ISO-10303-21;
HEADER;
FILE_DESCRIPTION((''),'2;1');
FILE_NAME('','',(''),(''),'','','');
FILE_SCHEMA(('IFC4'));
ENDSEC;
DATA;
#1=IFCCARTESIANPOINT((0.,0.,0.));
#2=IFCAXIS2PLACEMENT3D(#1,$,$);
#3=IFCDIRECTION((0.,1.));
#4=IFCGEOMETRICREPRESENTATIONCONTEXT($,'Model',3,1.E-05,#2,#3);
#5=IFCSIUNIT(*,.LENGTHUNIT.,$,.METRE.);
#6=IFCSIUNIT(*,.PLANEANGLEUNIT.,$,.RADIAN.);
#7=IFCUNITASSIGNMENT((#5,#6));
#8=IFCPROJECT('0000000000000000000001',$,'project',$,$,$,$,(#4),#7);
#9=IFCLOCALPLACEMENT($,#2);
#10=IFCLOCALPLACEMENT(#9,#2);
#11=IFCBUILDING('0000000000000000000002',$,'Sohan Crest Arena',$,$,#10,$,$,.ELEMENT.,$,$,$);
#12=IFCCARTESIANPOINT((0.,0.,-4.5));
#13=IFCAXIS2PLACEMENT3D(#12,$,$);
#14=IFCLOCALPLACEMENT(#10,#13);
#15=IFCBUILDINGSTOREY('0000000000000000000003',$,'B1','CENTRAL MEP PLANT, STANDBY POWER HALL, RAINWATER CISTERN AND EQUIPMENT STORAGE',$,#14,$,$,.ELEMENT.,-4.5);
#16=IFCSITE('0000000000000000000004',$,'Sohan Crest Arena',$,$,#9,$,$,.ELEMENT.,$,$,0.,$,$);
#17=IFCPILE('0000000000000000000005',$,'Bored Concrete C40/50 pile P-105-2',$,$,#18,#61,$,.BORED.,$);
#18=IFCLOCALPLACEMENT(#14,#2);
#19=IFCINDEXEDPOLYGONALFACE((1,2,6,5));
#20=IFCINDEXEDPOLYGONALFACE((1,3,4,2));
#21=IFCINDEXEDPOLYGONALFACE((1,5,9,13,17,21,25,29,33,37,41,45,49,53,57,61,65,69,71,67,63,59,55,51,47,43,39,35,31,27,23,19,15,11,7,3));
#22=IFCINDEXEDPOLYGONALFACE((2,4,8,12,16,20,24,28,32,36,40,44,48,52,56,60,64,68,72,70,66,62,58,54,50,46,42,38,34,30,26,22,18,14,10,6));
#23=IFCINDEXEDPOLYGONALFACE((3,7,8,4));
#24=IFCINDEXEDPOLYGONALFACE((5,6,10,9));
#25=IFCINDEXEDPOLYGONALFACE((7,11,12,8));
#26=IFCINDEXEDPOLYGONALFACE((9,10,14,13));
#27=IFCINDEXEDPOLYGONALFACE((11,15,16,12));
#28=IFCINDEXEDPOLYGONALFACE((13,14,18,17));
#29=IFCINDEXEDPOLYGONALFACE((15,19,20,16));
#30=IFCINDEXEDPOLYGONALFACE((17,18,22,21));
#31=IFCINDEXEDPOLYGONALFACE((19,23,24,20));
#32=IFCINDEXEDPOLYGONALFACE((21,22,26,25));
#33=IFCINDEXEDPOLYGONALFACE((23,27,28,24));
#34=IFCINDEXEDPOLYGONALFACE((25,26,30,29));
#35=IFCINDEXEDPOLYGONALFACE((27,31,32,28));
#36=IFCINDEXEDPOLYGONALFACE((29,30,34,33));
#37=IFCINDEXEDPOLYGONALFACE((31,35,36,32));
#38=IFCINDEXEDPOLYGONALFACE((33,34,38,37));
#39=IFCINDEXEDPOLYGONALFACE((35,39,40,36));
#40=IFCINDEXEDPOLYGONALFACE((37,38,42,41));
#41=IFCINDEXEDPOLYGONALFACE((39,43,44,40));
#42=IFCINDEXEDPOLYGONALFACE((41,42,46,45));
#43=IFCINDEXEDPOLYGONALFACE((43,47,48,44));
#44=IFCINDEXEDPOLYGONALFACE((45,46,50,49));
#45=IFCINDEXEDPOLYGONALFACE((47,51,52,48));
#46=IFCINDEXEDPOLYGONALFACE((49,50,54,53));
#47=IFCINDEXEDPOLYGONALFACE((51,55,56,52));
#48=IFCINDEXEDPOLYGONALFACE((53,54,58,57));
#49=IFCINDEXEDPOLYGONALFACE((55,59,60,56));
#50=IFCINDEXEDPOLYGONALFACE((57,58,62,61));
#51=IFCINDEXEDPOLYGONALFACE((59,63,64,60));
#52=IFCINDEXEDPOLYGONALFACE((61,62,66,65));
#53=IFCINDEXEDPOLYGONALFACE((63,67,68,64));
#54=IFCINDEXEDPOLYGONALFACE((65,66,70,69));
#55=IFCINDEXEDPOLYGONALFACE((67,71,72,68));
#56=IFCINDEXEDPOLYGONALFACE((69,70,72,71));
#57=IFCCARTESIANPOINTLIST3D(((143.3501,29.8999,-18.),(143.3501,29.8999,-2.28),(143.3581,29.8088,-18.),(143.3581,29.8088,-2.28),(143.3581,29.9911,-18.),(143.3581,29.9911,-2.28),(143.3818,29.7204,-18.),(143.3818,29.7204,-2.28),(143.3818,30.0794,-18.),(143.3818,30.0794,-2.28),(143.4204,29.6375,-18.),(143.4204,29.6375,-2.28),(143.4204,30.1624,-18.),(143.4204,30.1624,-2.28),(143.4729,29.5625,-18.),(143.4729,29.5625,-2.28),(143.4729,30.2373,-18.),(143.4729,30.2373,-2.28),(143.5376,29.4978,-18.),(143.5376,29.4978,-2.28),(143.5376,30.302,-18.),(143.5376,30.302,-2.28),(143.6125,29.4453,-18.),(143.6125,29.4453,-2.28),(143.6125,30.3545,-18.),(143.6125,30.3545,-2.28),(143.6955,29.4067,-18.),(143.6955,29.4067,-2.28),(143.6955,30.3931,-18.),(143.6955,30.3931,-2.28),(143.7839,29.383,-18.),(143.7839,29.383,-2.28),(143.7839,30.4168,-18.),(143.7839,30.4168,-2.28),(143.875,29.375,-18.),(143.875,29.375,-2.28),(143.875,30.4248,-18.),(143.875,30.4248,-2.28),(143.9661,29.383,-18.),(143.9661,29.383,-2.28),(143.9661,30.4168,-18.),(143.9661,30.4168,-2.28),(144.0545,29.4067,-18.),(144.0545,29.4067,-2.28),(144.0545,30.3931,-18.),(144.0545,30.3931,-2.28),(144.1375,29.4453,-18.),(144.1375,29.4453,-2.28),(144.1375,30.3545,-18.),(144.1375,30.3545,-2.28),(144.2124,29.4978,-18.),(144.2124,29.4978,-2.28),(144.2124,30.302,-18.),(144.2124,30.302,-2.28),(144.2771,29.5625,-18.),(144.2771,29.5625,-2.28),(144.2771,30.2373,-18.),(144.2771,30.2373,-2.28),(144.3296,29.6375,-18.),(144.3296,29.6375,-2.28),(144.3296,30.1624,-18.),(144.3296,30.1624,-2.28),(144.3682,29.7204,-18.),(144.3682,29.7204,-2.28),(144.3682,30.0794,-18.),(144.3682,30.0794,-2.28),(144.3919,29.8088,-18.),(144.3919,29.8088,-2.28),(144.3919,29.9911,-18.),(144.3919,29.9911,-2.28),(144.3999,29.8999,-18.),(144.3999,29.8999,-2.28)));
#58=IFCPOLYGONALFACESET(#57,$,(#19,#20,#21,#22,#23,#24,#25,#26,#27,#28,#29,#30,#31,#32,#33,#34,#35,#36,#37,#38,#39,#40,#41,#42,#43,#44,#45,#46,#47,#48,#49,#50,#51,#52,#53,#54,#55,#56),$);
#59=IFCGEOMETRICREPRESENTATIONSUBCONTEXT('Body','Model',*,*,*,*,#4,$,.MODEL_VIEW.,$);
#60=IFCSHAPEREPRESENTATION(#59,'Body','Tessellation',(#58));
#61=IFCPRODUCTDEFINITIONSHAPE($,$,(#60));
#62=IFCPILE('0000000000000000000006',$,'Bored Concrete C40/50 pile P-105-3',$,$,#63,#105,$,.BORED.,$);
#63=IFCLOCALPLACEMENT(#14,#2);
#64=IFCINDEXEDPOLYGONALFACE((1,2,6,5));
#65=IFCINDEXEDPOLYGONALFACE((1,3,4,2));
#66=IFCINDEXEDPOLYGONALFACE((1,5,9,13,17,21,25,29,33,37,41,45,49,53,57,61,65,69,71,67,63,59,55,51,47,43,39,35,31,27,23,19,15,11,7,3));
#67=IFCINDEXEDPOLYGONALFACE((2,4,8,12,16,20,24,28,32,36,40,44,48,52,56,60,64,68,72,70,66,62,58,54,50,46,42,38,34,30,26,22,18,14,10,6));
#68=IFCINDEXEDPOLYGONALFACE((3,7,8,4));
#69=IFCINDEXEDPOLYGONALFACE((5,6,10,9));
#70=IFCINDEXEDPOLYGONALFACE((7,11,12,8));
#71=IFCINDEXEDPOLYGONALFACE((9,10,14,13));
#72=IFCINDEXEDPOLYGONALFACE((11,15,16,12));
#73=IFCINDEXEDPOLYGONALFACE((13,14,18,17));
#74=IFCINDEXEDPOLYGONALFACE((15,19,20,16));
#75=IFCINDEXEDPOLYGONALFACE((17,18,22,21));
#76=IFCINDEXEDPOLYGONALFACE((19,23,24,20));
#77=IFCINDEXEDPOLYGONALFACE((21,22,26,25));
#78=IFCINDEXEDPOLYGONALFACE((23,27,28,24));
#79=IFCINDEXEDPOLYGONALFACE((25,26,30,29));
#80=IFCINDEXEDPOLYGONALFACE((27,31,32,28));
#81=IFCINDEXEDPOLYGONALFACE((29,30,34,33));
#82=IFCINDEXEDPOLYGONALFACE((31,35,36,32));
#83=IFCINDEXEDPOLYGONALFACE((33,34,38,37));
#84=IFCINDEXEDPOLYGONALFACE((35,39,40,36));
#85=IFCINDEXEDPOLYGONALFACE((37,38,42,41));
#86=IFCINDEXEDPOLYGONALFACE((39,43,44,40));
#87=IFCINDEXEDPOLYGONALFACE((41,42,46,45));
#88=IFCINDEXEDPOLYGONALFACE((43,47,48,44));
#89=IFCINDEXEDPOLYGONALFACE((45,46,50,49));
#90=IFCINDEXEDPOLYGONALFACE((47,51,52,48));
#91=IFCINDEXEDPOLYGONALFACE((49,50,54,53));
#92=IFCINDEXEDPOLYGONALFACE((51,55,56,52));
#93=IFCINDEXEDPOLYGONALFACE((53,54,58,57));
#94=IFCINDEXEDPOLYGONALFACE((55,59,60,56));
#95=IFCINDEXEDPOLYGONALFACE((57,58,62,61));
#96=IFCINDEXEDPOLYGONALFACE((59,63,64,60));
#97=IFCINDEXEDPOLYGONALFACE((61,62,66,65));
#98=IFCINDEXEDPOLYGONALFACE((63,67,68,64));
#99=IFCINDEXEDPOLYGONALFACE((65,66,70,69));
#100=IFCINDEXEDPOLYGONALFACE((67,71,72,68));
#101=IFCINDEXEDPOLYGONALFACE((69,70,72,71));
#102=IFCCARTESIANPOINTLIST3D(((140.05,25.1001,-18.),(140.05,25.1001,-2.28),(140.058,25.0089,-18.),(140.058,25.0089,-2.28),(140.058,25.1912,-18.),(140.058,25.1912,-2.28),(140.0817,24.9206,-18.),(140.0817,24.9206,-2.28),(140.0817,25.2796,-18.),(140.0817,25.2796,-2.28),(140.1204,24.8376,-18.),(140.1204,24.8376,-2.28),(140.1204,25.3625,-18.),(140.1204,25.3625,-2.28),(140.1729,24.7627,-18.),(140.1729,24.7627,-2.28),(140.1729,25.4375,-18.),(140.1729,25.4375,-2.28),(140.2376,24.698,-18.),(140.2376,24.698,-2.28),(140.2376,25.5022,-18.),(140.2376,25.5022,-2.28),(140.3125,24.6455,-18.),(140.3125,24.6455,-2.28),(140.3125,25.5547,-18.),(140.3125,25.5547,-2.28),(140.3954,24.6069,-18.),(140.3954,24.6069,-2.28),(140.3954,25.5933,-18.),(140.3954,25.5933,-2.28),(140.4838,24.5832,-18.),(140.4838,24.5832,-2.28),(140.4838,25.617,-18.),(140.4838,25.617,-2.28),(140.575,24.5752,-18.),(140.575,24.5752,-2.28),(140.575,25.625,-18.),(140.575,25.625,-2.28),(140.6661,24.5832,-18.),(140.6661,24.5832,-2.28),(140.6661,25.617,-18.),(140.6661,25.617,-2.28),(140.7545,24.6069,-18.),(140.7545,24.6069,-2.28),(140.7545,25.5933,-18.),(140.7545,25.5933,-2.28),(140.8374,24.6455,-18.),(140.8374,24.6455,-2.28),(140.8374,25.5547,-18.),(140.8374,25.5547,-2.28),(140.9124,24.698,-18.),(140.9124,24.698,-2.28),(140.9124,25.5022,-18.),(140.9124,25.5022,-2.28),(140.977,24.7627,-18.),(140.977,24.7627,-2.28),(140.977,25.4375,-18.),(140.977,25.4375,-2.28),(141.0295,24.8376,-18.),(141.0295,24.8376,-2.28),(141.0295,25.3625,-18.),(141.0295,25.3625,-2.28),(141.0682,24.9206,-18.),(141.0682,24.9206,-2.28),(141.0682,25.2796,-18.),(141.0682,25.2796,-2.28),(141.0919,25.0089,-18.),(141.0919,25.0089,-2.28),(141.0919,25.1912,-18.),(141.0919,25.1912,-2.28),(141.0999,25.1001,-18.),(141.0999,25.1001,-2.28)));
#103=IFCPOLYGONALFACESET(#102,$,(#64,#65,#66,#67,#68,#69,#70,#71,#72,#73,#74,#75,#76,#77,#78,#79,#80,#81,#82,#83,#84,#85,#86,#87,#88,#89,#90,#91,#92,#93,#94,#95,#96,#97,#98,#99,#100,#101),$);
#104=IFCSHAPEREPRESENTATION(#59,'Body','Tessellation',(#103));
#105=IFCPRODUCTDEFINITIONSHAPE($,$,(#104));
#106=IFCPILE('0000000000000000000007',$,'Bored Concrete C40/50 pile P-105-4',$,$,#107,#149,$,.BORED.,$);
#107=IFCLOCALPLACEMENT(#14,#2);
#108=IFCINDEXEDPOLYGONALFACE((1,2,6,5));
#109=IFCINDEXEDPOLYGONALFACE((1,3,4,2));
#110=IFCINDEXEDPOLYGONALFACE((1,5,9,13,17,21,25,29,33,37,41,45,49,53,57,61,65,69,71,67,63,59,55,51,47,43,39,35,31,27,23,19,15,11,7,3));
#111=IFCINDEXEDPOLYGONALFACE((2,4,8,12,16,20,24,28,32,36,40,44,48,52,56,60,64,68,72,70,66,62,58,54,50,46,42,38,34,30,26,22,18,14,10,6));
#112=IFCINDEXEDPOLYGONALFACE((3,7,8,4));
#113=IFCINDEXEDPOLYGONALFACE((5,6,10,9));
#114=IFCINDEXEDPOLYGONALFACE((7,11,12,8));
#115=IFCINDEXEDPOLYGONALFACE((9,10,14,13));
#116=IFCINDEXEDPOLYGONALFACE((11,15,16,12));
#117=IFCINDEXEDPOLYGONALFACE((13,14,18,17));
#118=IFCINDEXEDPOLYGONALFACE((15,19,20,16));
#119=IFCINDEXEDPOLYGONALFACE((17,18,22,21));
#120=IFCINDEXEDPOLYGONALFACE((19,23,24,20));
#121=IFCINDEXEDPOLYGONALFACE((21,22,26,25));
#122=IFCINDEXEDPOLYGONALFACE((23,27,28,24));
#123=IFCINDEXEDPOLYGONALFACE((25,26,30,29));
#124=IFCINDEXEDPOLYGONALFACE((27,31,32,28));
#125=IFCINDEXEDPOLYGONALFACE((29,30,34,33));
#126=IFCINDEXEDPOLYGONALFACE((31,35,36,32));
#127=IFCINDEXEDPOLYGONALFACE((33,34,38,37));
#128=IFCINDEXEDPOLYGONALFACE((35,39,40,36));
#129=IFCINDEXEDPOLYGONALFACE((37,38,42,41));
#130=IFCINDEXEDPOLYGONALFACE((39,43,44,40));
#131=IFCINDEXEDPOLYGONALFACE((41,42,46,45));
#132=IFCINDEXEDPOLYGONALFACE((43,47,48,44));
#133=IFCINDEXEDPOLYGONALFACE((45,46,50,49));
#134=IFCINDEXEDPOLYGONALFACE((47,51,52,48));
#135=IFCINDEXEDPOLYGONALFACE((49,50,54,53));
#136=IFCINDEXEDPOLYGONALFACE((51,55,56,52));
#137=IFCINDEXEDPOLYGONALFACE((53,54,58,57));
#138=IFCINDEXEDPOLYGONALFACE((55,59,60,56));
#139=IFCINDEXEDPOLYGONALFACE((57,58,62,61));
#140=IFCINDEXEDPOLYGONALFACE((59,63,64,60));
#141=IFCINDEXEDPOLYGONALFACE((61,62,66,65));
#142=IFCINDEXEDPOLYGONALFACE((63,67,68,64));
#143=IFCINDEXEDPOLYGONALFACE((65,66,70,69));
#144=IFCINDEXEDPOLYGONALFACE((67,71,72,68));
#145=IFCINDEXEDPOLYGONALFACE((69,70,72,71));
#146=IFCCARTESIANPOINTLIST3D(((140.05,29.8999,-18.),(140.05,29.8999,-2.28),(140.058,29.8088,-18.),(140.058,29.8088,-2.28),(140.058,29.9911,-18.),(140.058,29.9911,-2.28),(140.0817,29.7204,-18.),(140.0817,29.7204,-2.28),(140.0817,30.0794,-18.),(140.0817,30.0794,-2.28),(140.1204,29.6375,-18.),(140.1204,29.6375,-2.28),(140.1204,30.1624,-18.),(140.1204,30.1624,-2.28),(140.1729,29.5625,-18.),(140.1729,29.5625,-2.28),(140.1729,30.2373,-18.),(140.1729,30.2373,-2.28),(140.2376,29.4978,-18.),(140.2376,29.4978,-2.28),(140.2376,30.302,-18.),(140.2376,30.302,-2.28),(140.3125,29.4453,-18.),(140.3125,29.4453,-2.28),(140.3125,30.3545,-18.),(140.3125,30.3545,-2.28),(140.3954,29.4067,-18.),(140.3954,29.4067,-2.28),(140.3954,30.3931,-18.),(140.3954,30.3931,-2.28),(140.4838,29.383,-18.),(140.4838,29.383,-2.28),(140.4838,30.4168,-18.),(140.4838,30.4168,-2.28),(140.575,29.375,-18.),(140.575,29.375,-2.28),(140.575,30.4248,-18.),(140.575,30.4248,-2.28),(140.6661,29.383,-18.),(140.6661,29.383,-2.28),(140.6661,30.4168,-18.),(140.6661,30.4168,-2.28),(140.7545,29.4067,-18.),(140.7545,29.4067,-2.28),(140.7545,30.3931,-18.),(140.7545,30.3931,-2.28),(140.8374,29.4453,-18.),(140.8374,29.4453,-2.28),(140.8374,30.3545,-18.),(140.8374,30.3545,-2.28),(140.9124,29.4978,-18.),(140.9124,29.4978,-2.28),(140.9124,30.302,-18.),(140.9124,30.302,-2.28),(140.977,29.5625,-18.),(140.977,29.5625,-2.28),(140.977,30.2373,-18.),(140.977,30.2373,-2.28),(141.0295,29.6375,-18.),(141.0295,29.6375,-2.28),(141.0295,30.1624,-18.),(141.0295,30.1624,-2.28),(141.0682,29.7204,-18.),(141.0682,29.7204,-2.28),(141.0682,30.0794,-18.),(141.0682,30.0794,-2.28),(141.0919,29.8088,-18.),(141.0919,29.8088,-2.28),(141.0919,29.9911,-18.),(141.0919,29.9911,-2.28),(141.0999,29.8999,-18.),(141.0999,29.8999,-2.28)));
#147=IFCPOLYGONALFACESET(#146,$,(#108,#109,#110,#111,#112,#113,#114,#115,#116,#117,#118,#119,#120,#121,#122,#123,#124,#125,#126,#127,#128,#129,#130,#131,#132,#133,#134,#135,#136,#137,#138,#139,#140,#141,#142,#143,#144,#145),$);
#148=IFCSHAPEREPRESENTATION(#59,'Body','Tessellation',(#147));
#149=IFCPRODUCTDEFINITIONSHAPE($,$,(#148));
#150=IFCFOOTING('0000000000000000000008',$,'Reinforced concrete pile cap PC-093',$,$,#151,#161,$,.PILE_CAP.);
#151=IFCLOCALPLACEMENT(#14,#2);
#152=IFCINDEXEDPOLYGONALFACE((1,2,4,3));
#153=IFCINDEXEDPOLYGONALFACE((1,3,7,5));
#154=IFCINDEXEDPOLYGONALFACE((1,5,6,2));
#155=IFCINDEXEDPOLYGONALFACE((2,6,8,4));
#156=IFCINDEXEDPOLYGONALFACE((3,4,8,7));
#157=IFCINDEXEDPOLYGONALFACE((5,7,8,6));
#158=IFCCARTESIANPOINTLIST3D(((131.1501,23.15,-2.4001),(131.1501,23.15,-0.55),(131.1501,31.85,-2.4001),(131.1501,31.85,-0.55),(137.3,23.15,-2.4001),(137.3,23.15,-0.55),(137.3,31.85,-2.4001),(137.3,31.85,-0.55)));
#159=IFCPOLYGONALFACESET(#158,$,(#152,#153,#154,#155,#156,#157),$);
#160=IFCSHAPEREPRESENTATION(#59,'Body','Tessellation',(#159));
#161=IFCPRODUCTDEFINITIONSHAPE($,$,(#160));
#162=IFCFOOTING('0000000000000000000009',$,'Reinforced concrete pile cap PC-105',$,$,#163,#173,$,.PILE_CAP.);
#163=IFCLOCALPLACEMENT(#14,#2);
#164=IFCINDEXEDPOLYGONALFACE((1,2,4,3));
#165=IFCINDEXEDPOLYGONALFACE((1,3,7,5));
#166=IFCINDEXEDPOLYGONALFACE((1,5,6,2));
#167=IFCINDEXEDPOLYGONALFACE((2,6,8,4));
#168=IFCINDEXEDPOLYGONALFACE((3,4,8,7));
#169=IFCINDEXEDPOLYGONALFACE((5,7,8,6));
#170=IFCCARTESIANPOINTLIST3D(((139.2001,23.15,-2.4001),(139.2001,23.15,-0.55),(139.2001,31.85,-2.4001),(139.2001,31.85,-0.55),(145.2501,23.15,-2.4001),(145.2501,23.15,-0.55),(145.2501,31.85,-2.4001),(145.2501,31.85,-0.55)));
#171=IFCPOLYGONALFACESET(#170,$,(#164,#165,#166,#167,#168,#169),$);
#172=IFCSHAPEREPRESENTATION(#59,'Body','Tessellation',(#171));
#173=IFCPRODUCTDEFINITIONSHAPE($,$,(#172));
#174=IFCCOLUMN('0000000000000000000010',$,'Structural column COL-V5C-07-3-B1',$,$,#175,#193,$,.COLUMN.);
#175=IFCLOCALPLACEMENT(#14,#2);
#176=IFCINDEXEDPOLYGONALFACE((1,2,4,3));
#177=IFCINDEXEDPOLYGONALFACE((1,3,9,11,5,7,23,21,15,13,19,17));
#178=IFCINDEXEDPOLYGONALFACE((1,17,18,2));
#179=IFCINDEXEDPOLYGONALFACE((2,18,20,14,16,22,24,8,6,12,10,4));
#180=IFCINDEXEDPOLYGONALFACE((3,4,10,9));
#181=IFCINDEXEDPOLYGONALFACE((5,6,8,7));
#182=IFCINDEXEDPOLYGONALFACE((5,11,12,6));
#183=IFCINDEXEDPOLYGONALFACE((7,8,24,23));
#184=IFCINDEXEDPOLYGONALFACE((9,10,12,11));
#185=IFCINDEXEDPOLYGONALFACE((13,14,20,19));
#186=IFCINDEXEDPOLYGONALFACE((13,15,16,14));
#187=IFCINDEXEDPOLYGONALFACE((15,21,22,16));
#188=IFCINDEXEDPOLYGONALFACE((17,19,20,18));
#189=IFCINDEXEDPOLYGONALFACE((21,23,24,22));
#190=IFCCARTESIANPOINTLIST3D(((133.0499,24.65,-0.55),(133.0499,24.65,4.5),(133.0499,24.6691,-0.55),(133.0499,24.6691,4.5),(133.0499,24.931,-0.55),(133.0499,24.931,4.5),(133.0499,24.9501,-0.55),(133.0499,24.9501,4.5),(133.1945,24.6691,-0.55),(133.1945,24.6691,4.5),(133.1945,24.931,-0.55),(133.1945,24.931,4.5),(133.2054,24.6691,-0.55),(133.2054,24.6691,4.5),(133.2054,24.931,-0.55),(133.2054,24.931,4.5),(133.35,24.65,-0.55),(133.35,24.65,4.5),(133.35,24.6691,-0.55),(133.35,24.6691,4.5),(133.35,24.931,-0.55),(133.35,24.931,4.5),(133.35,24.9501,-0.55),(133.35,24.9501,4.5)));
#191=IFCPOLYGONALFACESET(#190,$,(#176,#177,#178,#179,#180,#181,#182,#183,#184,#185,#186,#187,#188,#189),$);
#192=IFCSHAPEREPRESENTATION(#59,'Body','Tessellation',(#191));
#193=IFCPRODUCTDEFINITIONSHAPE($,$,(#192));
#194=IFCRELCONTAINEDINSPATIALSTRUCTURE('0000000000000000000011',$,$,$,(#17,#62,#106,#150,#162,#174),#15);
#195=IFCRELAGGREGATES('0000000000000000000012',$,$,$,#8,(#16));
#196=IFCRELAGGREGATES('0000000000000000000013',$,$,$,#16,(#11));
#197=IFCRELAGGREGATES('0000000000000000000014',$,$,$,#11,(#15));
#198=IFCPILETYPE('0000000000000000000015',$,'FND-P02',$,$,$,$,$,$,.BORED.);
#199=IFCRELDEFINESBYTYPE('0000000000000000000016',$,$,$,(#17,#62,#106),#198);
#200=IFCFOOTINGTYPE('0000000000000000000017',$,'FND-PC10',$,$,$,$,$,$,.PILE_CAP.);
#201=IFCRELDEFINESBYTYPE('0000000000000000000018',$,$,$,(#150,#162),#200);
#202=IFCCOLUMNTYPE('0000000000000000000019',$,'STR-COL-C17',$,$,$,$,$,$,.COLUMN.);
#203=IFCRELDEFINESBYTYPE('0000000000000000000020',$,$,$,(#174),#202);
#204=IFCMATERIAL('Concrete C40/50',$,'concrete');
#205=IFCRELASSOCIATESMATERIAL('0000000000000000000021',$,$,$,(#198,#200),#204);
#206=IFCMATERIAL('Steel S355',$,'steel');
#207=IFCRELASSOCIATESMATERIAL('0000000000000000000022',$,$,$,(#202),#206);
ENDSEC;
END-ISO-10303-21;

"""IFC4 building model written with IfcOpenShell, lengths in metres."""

from ifc_helpers import new_model, si_unit, direction, frame, origin, origin_2d, place, context, subcontext, project, spatial, rectangle, circle, i_section, extrude, material, material_profile, profile_set, type_object, element, save


model = new_model("IFC4")

# Units and contexts
model_context = context("Model", 3, precision=1e-05, world=origin(), true_north=direction((0.0, 1.0)))
body_context = subcontext(model_context, "Body", "Model", "MODEL_VIEW")
ifc_project = project(units=[si_unit("LENGTHUNIT", "METRE"), si_unit("PLANEANGLEUNIT", "RADIAN")], contexts=[model_context])

# Site, building, storey
site_placement = place(None, origin())
site = spatial("IfcSite", under=ifc_project, at=site_placement, Name="Sohan Crest Arena", CompositionType="ELEMENT", RefElevation=0.0)
building_placement = place(site_placement, origin())
building = spatial("IfcBuilding", under=site, at=building_placement, Name="Sohan Crest Arena", CompositionType="ELEMENT")
storey_placement = place(building_placement, frame((0.0, 0.0, -4.5)))
storey = spatial("IfcBuildingStorey", under=building, at=storey_placement, Name="B1", Description="CENTRAL MEP PLANT, STANDBY POWER HALL, RAINWATER CISTERN AND EQUIPMENT STORAGE", CompositionType="ELEMENT", Elevation=-4.5)

# Shared definitions
ifc_material_1 = material(Name="Concrete C40/50", Category="concrete")

# Piles
ifc_material_profile_1 = material_profile(ifc_material_1, circle(Radius=0.5249, at=origin_2d()), Name="PILE D1050")
ifc_profile_set_1 = profile_set([ifc_material_profile_1], Name="Concrete C40/50")
pile_type = type_object("IfcPileType", Name="FND-P02", PredefinedType="BORED", material=ifc_profile_set_1)
for number, where, z_axis, x_axis, name in (
    (1, (143.875, 29.8999, -18.0), (0.0, 0.0, 1.0), (1.0, 0.0, 0.0), "Bored Concrete C40/50 pile P-105-2"),
    (2, (140.575, 25.1001, -18.0), (0.0, 0.0, 1.0), (1.0, 0.0, 0.0), "Bored Concrete C40/50 pile P-105-3"),
    (3, (140.575, 29.8999, -18.0), (0.0, 0.0, 1.0), (1.0, 0.0, 0.0), "Bored Concrete C40/50 pile P-105-4"),
):
    element("IfcPile", number, at=place(storey_placement, frame(where, z_axis=z_axis, x_axis=x_axis)), inside=storey, type_object=pile_type, Name=name, PredefinedType="BORED", context=body_context, shape_type="SweptSolid", body=[
        extrude(circle(Radius=0.5249, at=origin_2d()), origin(), (0.0, 0.0, 1.0), 15.72),
    ])

# Footings
footing_type_1 = type_object("IfcFootingType", Name="FND-PC10", PredefinedType="PILE_CAP", material=ifc_material_1)
footing_1_placement = place(storey_placement, frame((134.2251, 27.5, -2.4001), z_axis=(0.0, 0.0, 1.0), x_axis=(0.0, 1.0, 0.0)))
element("IfcFooting", 4, at=footing_1_placement, inside=storey, type_object=footing_type_1, Name="Reinforced concrete pile cap PC-093", PredefinedType="PILE_CAP", context=body_context, shape_type="SweptSolid", body=[
    extrude(rectangle(XDim=8.7, YDim=6.1499, at=origin_2d()), origin(), (0.0, 0.0, 1.0), 1.8501),
])
footing_2_placement = place(storey_placement, frame((142.2251, 27.5, -2.4001), z_axis=(0.0, 0.0, 1.0), x_axis=(0.0, 1.0, 0.0)))
element("IfcFooting", 5, at=footing_2_placement, inside=storey, type_object=footing_type_1, Name="Reinforced concrete pile cap PC-105", PredefinedType="PILE_CAP", context=body_context, shape_type="SweptSolid", body=[
    extrude(rectangle(XDim=8.7, YDim=6.05, at=origin_2d()), origin(), (0.0, 0.0, 1.0), 1.8501),
])

# Column
ifc_material_2 = material(Name="Steel S355", Category="steel")
ifc_material_profile_2 = material_profile(ifc_material_2, i_section(OverallWidth=0.3, OverallDepth=0.3, WebThickness=0.011, FlangeThickness=0.019, at=origin_2d()), Name="HEB 300")
ifc_profile_set_2 = profile_set([ifc_material_profile_2], Name="Steel S355")
column_type_1 = type_object("IfcColumnType", Name="STR-COL-C17", PredefinedType="COLUMN", material=ifc_profile_set_2)
column_1_placement = place(storey_placement, frame((133.2, 24.8, -0.55), z_axis=(0.0, 0.0, 1.0), x_axis=(1.0, 0.0, 0.0)))
element("IfcColumn", 6, at=column_1_placement, inside=storey, type_object=column_type_1, Name="Structural column COL-V5C-07-3-B1", PredefinedType="COLUMN", context=body_context, shape_type="SweptSolid", body=[
    extrude(i_section(OverallWidth=0.3, OverallDepth=0.3, WebThickness=0.011, FlangeThickness=0.019, at=origin_2d()), origin(), (0.0, 0.0, 1.0), 5.05),
])

save(model, "model.ifc")
